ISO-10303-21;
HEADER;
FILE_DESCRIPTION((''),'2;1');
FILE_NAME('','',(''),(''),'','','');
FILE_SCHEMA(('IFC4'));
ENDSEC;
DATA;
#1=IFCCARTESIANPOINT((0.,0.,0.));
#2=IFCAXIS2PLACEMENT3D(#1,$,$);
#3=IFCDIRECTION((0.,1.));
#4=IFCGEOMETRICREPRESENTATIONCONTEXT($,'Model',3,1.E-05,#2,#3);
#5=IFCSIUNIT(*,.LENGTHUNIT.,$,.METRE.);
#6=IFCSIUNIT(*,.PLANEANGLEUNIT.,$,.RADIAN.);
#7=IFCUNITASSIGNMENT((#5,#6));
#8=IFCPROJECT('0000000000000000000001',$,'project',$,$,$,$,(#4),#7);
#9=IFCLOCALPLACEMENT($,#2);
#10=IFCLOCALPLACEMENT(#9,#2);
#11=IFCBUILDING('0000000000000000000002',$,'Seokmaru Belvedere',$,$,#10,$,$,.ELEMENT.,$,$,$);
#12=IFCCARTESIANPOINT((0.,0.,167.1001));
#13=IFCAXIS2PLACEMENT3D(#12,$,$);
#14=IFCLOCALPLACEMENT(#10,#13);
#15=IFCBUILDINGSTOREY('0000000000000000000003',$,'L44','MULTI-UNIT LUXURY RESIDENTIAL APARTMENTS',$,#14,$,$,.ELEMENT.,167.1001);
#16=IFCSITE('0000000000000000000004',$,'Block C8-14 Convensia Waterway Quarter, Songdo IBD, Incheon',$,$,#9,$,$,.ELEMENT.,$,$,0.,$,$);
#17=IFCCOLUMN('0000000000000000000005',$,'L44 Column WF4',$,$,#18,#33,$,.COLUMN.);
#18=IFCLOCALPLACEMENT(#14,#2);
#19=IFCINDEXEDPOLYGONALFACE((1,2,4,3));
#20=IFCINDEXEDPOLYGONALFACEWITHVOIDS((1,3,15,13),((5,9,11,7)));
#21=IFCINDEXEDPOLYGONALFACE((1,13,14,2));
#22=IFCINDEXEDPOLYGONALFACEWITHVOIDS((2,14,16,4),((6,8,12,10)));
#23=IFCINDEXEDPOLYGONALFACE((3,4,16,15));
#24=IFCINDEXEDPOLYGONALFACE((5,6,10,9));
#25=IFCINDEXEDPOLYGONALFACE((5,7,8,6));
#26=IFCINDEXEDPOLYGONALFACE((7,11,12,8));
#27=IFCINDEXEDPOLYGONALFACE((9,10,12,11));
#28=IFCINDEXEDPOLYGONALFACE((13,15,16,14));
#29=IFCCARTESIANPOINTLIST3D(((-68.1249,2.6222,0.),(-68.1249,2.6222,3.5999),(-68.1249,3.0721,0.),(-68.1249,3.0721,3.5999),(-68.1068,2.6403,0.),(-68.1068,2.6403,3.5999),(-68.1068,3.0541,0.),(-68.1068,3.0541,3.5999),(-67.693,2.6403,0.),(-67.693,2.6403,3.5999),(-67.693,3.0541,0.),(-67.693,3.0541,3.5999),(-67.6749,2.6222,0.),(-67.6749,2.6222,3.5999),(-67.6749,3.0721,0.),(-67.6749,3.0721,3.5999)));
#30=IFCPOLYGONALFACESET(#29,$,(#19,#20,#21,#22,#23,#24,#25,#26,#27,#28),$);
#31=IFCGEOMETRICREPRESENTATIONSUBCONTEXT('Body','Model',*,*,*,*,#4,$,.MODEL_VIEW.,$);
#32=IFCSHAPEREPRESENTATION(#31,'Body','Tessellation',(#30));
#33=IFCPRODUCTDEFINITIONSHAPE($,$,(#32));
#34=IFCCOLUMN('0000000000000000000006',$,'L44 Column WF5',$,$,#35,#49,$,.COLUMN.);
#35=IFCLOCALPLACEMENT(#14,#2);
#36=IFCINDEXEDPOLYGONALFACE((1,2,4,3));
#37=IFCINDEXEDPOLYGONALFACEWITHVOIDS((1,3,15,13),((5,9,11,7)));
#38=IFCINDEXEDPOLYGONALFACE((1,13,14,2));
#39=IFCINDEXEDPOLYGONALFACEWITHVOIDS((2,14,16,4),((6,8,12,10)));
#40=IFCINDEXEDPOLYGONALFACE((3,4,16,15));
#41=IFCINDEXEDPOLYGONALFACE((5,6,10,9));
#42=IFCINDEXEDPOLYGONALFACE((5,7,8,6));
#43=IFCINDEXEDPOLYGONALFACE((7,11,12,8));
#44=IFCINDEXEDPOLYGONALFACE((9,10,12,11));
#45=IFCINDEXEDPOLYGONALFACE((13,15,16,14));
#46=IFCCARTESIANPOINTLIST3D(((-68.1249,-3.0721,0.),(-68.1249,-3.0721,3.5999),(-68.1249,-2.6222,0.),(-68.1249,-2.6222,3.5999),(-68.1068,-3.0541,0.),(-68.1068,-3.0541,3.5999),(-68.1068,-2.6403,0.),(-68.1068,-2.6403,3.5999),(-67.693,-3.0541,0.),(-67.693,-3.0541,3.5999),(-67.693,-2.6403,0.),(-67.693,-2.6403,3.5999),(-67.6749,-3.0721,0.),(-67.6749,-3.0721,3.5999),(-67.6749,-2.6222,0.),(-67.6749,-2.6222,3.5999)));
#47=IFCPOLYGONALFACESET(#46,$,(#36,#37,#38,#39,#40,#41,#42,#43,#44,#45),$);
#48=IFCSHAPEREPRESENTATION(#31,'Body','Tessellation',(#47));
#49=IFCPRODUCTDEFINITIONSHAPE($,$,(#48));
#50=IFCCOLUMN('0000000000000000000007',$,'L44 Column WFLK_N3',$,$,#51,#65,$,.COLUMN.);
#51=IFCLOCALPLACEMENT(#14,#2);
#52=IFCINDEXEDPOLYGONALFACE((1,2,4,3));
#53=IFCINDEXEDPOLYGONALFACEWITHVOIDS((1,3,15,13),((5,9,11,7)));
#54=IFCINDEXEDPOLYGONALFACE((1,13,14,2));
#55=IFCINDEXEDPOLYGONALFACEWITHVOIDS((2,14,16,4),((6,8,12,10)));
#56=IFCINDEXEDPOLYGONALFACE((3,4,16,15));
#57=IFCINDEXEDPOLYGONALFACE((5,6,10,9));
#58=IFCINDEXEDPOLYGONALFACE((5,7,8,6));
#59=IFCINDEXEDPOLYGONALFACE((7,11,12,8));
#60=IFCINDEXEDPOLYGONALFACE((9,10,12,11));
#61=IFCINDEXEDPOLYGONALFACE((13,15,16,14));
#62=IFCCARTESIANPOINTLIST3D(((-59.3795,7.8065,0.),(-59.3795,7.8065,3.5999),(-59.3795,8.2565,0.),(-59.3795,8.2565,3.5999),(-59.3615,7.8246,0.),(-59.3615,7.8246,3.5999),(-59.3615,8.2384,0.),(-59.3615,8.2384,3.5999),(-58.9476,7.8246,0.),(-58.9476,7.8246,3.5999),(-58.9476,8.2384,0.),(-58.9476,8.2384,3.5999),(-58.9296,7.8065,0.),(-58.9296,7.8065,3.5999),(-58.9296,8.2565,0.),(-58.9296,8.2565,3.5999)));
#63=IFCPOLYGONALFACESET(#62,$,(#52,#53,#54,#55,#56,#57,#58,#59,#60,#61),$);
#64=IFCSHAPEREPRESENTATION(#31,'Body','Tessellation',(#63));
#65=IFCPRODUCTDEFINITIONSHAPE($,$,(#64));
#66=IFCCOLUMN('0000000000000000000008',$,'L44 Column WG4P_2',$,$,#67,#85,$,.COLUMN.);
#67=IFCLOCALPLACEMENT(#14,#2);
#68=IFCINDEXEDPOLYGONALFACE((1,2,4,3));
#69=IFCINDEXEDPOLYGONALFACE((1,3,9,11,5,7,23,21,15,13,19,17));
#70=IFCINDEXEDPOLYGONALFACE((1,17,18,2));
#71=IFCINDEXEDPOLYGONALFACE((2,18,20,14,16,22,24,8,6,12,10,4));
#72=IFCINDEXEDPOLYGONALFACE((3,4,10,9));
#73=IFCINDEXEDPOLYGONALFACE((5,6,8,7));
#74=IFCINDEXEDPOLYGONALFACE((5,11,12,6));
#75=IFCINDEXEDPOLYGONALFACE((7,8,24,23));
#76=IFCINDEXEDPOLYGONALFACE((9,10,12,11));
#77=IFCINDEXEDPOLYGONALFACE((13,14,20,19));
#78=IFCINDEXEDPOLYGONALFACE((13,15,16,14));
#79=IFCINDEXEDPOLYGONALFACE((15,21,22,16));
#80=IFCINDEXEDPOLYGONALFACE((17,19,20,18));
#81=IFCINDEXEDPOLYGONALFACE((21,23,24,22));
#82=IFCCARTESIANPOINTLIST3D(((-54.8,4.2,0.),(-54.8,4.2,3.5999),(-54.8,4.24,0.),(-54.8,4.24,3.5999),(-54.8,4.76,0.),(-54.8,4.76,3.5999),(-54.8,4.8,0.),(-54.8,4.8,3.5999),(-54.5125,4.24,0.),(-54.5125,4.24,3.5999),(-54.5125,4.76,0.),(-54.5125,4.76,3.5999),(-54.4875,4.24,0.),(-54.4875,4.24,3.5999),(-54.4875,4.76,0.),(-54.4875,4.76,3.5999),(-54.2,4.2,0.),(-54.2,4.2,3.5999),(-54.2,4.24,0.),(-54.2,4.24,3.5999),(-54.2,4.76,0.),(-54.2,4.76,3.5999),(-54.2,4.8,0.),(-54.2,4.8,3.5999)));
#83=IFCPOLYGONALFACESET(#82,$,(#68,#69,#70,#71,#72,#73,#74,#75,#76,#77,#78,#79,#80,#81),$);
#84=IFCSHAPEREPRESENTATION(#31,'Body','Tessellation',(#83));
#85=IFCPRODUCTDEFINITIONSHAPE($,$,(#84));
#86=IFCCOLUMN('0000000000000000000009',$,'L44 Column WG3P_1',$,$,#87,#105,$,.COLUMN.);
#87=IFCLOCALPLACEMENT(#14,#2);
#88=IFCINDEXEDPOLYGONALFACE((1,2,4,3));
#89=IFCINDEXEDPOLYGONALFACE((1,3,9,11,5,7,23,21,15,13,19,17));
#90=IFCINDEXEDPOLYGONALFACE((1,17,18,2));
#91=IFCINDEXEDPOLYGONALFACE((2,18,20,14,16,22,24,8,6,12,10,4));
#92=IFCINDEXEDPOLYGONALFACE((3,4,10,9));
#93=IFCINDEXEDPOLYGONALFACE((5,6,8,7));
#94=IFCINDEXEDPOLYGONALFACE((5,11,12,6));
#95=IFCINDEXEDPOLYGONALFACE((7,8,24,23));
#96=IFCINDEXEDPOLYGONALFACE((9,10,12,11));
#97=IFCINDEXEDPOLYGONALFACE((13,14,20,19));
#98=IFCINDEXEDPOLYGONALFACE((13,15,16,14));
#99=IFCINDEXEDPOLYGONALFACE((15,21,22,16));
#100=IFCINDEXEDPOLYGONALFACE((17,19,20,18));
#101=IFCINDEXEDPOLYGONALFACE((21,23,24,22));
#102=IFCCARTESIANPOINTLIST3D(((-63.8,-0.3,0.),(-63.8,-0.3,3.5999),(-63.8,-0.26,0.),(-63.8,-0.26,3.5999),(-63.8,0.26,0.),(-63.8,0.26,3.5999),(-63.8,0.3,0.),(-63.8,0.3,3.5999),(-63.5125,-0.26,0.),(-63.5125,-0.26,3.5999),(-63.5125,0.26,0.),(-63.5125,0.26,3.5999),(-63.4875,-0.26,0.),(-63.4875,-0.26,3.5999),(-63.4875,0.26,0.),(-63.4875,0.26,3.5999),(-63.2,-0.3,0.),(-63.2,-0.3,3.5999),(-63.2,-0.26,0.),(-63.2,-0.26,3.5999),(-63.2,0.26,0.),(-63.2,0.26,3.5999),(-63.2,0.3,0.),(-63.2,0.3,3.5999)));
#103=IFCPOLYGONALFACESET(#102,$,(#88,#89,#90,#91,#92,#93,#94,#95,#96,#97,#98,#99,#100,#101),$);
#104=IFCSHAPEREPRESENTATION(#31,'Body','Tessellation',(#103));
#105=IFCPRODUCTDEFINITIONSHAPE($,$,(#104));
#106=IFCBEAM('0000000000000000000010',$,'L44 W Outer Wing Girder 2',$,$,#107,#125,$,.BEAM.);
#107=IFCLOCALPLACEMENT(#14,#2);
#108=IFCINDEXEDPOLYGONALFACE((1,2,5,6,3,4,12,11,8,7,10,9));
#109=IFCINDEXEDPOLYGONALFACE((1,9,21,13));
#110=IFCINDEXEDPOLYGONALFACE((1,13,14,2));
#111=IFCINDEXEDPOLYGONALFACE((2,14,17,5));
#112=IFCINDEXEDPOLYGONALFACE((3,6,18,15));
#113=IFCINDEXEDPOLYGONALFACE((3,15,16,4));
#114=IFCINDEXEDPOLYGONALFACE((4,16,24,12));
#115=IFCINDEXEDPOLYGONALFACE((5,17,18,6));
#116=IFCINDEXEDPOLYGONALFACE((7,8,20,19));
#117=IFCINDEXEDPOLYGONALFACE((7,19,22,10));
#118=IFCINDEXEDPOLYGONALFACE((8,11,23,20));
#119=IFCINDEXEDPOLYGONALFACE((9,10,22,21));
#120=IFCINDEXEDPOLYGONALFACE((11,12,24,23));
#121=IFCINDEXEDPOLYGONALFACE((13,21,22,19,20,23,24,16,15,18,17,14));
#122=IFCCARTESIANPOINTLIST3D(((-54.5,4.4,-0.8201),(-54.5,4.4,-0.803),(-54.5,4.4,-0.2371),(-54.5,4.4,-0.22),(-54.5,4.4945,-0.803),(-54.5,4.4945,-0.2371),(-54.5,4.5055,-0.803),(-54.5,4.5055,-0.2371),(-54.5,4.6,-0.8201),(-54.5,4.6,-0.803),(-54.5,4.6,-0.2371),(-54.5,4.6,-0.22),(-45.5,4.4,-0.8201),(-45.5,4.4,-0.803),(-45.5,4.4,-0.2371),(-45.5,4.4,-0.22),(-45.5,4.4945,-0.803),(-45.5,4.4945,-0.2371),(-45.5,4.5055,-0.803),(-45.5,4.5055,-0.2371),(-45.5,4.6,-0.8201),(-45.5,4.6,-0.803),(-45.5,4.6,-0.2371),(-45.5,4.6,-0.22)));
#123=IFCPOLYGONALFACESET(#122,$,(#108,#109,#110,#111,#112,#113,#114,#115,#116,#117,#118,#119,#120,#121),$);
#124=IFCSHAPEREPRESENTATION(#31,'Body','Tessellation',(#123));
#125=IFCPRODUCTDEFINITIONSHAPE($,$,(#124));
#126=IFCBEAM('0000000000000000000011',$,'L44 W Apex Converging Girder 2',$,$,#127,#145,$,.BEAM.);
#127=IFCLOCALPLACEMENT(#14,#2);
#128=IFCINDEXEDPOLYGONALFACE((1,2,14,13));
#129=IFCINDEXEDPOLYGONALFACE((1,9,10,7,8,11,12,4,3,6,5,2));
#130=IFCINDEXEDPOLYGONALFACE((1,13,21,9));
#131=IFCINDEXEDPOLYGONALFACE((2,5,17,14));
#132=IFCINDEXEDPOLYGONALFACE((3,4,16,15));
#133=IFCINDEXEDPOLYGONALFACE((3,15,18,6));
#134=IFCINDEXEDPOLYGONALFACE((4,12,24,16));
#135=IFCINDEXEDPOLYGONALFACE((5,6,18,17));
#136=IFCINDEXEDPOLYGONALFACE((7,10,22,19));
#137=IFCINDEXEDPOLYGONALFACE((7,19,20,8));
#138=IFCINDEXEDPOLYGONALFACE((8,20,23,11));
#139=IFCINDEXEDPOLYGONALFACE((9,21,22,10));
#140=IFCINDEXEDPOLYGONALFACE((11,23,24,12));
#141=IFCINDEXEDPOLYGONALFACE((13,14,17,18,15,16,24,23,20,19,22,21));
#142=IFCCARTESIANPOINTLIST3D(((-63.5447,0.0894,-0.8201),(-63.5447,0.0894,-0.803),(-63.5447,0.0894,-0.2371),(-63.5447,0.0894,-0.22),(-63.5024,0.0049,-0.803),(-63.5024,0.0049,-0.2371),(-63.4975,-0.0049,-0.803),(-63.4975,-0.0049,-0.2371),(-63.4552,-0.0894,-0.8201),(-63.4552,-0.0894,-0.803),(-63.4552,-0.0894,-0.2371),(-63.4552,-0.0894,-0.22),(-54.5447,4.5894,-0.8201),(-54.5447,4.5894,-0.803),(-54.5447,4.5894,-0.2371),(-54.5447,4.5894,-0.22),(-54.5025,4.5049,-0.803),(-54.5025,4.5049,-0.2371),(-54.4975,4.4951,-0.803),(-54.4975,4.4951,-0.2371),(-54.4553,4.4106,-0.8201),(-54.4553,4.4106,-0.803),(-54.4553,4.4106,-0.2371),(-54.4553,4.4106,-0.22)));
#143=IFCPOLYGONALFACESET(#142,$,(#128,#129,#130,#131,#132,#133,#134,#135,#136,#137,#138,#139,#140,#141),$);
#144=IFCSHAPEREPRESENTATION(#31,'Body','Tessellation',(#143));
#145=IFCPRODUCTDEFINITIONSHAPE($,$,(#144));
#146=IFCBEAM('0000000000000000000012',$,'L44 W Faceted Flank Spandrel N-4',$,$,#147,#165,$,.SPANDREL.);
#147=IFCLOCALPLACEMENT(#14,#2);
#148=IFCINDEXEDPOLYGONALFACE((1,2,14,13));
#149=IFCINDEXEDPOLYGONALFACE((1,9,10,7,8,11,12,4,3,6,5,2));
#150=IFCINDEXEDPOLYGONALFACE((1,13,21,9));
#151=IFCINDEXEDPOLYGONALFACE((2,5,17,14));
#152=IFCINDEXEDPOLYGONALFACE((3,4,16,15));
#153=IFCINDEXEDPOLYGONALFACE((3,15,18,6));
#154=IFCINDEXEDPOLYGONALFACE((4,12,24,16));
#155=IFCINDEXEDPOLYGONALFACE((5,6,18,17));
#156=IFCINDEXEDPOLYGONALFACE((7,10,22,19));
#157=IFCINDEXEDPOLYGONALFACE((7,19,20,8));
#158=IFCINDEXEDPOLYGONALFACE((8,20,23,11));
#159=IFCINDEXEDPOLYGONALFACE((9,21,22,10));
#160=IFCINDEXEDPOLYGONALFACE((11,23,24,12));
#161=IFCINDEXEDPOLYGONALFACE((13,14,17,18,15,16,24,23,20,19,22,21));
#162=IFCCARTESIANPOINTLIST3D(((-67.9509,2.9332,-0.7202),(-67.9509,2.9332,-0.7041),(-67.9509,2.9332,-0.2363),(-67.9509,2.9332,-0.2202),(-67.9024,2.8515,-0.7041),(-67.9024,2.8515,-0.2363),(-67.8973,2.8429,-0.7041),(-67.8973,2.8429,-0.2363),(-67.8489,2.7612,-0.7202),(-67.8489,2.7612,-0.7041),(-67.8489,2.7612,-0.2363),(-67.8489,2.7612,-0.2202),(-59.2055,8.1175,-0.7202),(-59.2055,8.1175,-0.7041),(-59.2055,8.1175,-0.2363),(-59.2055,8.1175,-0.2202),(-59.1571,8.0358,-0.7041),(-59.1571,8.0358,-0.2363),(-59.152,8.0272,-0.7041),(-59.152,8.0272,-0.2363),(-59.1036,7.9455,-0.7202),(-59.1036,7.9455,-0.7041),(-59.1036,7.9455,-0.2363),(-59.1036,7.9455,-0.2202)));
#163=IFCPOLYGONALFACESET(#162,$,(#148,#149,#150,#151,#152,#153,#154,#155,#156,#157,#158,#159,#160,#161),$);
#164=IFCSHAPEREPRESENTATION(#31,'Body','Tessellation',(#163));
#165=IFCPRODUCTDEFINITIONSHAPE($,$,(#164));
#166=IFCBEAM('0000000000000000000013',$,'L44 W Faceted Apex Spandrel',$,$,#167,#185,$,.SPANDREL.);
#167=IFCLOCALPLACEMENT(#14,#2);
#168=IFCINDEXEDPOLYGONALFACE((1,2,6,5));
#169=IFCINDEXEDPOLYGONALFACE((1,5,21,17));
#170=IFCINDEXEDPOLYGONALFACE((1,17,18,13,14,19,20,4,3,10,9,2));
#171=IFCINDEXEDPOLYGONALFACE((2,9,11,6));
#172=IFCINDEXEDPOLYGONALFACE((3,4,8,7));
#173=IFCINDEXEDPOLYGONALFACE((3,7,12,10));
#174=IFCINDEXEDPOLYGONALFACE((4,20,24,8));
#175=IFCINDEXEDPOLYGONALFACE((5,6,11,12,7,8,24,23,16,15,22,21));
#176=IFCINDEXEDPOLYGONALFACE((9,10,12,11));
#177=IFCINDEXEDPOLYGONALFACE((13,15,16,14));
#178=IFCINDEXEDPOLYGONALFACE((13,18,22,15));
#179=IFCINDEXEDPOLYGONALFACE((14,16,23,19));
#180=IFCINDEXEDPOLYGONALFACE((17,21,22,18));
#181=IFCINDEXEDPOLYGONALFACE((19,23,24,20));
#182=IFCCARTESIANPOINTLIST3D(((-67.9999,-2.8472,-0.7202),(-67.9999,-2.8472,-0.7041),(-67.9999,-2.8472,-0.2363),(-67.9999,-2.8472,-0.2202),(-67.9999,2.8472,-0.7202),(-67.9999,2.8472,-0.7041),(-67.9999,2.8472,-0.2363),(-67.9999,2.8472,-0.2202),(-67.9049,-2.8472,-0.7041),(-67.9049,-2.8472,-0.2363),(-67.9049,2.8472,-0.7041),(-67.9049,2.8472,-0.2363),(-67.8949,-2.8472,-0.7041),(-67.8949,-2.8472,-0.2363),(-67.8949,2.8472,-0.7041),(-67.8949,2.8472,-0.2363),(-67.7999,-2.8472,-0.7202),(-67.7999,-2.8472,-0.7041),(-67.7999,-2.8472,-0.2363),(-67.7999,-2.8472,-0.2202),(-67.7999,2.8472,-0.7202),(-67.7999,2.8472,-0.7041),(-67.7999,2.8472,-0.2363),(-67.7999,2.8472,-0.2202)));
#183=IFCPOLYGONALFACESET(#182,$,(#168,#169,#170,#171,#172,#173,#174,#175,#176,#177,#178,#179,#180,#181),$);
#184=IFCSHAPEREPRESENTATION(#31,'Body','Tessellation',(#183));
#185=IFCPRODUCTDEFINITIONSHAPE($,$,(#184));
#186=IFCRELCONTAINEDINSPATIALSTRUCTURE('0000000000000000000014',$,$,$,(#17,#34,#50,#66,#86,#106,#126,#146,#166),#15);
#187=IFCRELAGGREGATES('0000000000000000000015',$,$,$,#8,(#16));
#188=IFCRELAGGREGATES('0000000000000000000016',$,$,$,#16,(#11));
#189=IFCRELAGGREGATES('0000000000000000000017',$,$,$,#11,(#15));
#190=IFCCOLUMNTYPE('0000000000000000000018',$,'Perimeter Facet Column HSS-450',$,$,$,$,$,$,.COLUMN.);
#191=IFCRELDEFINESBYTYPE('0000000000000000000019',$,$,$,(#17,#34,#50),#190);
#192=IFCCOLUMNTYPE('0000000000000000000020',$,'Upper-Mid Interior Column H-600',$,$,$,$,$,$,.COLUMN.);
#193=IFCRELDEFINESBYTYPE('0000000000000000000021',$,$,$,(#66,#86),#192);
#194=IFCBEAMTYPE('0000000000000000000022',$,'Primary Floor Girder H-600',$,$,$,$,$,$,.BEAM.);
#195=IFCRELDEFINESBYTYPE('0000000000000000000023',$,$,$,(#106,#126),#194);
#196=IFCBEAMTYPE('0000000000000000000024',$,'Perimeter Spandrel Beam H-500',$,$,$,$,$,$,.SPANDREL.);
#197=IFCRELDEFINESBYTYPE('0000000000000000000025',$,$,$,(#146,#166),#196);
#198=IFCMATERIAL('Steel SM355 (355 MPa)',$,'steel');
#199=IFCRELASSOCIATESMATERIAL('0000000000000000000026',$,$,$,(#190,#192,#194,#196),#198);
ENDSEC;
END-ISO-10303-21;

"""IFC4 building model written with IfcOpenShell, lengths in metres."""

from ifc_helpers import new_model, si_unit, direction, frame, origin, origin_2d, place, context, subcontext, project, spatial, hollow_rectangle, i_section, extrude, source, transform, mapped, material, material_profile, profile_set, type_object, type_shapes, element, save


model = new_model("IFC4")

# Units and contexts
model_context = context("Model", 3, precision=1e-05, world=origin(), true_north=direction((0.0, 1.0)))
body_context = subcontext(model_context, "Body", "Model", "MODEL_VIEW")
ifc_project = project(units=[si_unit("LENGTHUNIT", "METRE"), si_unit("PLANEANGLEUNIT", "RADIAN")], contexts=[model_context])

# Site, building, storey
site_placement = place(None, origin())
site = spatial("IfcSite", under=ifc_project, at=site_placement, Name="Block C8-14 Convensia Waterway Quarter, Songdo IBD, Incheon", CompositionType="ELEMENT", RefElevation=0.0)
building_placement = place(site_placement, origin())
building = spatial("IfcBuilding", under=site, at=building_placement, Name="Seokmaru Belvedere", CompositionType="ELEMENT")
storey_placement = place(building_placement, frame((0.0, 0.0, 167.1001)))
storey = spatial("IfcBuildingStorey", under=building, at=storey_placement, Name="L44", Description="MULTI-UNIT LUXURY RESIDENTIAL APARTMENTS", CompositionType="ELEMENT", Elevation=167.1001)

# Columns
ifc_material_1 = material(Name="Steel SM355 (355 MPa)", Category="steel")
ifc_material_profile_1 = material_profile(ifc_material_1, hollow_rectangle(XDim=0.45, YDim=0.45, WallThickness=0.0181, at=origin_2d()), Name="HSS-450x450x18")
ifc_profile_set_1 = profile_set([ifc_material_profile_1], Name="Steel SM355 (355 MPa)")
column_type_1 = type_object("IfcColumnType", Name="Perimeter Facet Column HSS-450", PredefinedType="COLUMN", material=ifc_profile_set_1)
shared_shape_1 = source(origin(), body_context, "Body", "SweptSolid", [
    extrude(hollow_rectangle(XDim=0.45, YDim=0.45, WallThickness=0.0181, at=origin_2d()), origin(), (0.0, 0.0, 1.0), 3.5999),
])
type_shapes(column_type_1, [shared_shape_1])
for number, where, z_axis, x_axis, name in (
    (1, (-67.8999, 2.8472, 0.0), (0.0, 0.0, 1.0), (1.0, 0.0, 0.0), "L44 Column WF4"),
    (2, (-67.8999, -2.8472, 0.0), (0.0, 0.0, 1.0), (1.0, 0.0, 0.0), "L44 Column WF5"),
    (3, (-59.1545, 8.0315, 0.0), (0.0, 0.0, 1.0), (1.0, 0.0, 0.0), "L44 Column WFLK_N3"),
):
    element("IfcColumn", number, at=place(storey_placement, frame(where, z_axis=z_axis, x_axis=x_axis)), inside=storey, type_object=column_type_1, Name=name, PredefinedType="COLUMN", context=body_context, shape_type="MappedRepresentation", body=[
        mapped(shared_shape_1, transform((0.0, 0.0, 0.0), scale=1.0)),
    ])
ifc_material_profile_2 = material_profile(ifc_material_1, i_section(OverallWidth=0.6001, OverallDepth=0.6001, WebThickness=0.0249, FlangeThickness=0.04, at=origin_2d()), Name="H-600x600x25x40")
ifc_profile_set_2 = profile_set([ifc_material_profile_2], Name="Steel SM355 (355 MPa)")
column_type_2 = type_object("IfcColumnType", Name="Upper-Mid Interior Column H-600", PredefinedType="COLUMN", material=ifc_profile_set_2)
shared_shape_2 = source(origin(), body_context, "Body", "SweptSolid", [
    extrude(i_section(OverallWidth=0.6001, OverallDepth=0.6001, WebThickness=0.0249, FlangeThickness=0.04, at=origin_2d()), origin(), (0.0, 0.0, 1.0), 3.5999),
])
type_shapes(column_type_2, [shared_shape_2])
for number, where, z_axis, x_axis, name in (
    (4, (-54.5, 4.5, 0.0), (0.0, 0.0, 1.0), (1.0, 0.0, 0.0), "L44 Column WG4P_2"),
    (5, (-63.5, 0.0, 0.0), (0.0, 0.0, 1.0), (1.0, 0.0, 0.0), "L44 Column WG3P_1"),
):
    element("IfcColumn", number, at=place(storey_placement, frame(where, z_axis=z_axis, x_axis=x_axis)), inside=storey, type_object=column_type_2, Name=name, PredefinedType="COLUMN", context=body_context, shape_type="MappedRepresentation", body=[
        mapped(shared_shape_2, transform((0.0, 0.0, 0.0), scale=1.0)),
    ])

# Beams
ifc_material_profile_3 = material_profile(ifc_material_1, i_section(OverallWidth=0.2, OverallDepth=0.6001, WebThickness=0.011, FlangeThickness=0.0171, at=origin_2d()), Name="H-600x200x11x17")
ifc_profile_set_3 = profile_set([ifc_material_profile_3], Name="Steel SM355 (355 MPa)")
beam_type_1 = type_object("IfcBeamType", Name="Primary Floor Girder H-600", PredefinedType="BEAM", material=ifc_profile_set_3)
shared_shape_3 = source(origin(), body_context, "Body", "SweptSolid", [
    extrude(i_section(OverallWidth=0.2, OverallDepth=0.6001, WebThickness=0.011, FlangeThickness=0.0171, at=origin_2d()), origin(), (0.0, 0.0, 1.0), 9.0),
])
beam_1_placement = place(storey_placement, frame((-54.5, 4.5, -0.52), z_axis=(1.0, 0.0, 0.0), x_axis=(0.0, 1.0, 0.0)))
element("IfcBeam", 6, at=beam_1_placement, inside=storey, type_object=beam_type_1, Name="L44 W Outer Wing Girder 2", PredefinedType="BEAM", context=body_context, shape_type="MappedRepresentation", body=[
    mapped(shared_shape_3, transform((0.0, 0.0, 0.0), scale=1.0)),
])
shared_shape_4 = source(origin(), body_context, "Body", "SweptSolid", [
    extrude(i_section(OverallWidth=0.2, OverallDepth=0.6001, WebThickness=0.011, FlangeThickness=0.0171, at=origin_2d()), origin(), (0.0, 0.0, 1.0), 10.0623),
])
beam_2_placement = place(storey_placement, frame((-54.5, 4.5, -0.52), z_axis=(-0.894427, -0.447214, 0.0), x_axis=(0.447214, -0.894427, 0.0)))
element("IfcBeam", 7, at=beam_2_placement, inside=storey, type_object=beam_type_1, Name="L44 W Apex Converging Girder 2", PredefinedType="BEAM", context=body_context, shape_type="MappedRepresentation", body=[
    mapped(shared_shape_4, transform((0.0, 0.0, 0.0), scale=1.0)),
])
ifc_material_profile_4 = material_profile(ifc_material_1, i_section(OverallWidth=0.2, OverallDepth=0.5, WebThickness=0.01, FlangeThickness=0.0161, at=origin_2d()), Name="H-500x200x10x16")
ifc_profile_set_4 = profile_set([ifc_material_profile_4], Name="Steel SM355 (355 MPa)")
beam_type_2 = type_object("IfcBeamType", Name="Perimeter Spandrel Beam H-500", PredefinedType="SPANDREL", material=ifc_profile_set_4)
shared_shape_5 = source(origin(), body_context, "Body", "SweptSolid", [
    extrude(i_section(OverallWidth=0.2, OverallDepth=0.5, WebThickness=0.01, FlangeThickness=0.0161, at=origin_2d()), origin(), (0.0, 0.0, 1.0), 10.1665),
])
beam_3_placement = place(storey_placement, frame((-59.1545, 8.0315, -0.4702), z_axis=(-0.86021, -0.50994, 0.0), x_axis=(0.50994, -0.86021, 0.0)))
element("IfcBeam", 8, at=beam_3_placement, inside=storey, type_object=beam_type_2, Name="L44 W Faceted Flank Spandrel N-4", PredefinedType="SPANDREL", context=body_context, shape_type="MappedRepresentation", body=[
    mapped(shared_shape_5, transform((0.0, 0.0, 0.0), scale=1.0)),
])
shared_shape_6 = source(origin(), body_context, "Body", "SweptSolid", [
    extrude(i_section(OverallWidth=0.2, OverallDepth=0.5, WebThickness=0.01, FlangeThickness=0.0161, at=origin_2d()), origin(), (0.0, 0.0, 1.0), 5.6943),
])
type_shapes(beam_type_2, [shared_shape_5, shared_shape_6])
beam_4_placement = place(storey_placement, frame((-67.8999, -2.8472, -0.4702), z_axis=(0.0, 1.0, 0.0), x_axis=(-1.0, 0.0, 0.0)))
element("IfcBeam", 9, at=beam_4_placement, inside=storey, type_object=beam_type_2, Name="L44 W Faceted Apex Spandrel", PredefinedType="SPANDREL", context=body_context, shape_type="MappedRepresentation", body=[
    mapped(shared_shape_6, transform((0.0, 0.0, 0.0), scale=1.0)),
])

save(model, "model.ifc")
